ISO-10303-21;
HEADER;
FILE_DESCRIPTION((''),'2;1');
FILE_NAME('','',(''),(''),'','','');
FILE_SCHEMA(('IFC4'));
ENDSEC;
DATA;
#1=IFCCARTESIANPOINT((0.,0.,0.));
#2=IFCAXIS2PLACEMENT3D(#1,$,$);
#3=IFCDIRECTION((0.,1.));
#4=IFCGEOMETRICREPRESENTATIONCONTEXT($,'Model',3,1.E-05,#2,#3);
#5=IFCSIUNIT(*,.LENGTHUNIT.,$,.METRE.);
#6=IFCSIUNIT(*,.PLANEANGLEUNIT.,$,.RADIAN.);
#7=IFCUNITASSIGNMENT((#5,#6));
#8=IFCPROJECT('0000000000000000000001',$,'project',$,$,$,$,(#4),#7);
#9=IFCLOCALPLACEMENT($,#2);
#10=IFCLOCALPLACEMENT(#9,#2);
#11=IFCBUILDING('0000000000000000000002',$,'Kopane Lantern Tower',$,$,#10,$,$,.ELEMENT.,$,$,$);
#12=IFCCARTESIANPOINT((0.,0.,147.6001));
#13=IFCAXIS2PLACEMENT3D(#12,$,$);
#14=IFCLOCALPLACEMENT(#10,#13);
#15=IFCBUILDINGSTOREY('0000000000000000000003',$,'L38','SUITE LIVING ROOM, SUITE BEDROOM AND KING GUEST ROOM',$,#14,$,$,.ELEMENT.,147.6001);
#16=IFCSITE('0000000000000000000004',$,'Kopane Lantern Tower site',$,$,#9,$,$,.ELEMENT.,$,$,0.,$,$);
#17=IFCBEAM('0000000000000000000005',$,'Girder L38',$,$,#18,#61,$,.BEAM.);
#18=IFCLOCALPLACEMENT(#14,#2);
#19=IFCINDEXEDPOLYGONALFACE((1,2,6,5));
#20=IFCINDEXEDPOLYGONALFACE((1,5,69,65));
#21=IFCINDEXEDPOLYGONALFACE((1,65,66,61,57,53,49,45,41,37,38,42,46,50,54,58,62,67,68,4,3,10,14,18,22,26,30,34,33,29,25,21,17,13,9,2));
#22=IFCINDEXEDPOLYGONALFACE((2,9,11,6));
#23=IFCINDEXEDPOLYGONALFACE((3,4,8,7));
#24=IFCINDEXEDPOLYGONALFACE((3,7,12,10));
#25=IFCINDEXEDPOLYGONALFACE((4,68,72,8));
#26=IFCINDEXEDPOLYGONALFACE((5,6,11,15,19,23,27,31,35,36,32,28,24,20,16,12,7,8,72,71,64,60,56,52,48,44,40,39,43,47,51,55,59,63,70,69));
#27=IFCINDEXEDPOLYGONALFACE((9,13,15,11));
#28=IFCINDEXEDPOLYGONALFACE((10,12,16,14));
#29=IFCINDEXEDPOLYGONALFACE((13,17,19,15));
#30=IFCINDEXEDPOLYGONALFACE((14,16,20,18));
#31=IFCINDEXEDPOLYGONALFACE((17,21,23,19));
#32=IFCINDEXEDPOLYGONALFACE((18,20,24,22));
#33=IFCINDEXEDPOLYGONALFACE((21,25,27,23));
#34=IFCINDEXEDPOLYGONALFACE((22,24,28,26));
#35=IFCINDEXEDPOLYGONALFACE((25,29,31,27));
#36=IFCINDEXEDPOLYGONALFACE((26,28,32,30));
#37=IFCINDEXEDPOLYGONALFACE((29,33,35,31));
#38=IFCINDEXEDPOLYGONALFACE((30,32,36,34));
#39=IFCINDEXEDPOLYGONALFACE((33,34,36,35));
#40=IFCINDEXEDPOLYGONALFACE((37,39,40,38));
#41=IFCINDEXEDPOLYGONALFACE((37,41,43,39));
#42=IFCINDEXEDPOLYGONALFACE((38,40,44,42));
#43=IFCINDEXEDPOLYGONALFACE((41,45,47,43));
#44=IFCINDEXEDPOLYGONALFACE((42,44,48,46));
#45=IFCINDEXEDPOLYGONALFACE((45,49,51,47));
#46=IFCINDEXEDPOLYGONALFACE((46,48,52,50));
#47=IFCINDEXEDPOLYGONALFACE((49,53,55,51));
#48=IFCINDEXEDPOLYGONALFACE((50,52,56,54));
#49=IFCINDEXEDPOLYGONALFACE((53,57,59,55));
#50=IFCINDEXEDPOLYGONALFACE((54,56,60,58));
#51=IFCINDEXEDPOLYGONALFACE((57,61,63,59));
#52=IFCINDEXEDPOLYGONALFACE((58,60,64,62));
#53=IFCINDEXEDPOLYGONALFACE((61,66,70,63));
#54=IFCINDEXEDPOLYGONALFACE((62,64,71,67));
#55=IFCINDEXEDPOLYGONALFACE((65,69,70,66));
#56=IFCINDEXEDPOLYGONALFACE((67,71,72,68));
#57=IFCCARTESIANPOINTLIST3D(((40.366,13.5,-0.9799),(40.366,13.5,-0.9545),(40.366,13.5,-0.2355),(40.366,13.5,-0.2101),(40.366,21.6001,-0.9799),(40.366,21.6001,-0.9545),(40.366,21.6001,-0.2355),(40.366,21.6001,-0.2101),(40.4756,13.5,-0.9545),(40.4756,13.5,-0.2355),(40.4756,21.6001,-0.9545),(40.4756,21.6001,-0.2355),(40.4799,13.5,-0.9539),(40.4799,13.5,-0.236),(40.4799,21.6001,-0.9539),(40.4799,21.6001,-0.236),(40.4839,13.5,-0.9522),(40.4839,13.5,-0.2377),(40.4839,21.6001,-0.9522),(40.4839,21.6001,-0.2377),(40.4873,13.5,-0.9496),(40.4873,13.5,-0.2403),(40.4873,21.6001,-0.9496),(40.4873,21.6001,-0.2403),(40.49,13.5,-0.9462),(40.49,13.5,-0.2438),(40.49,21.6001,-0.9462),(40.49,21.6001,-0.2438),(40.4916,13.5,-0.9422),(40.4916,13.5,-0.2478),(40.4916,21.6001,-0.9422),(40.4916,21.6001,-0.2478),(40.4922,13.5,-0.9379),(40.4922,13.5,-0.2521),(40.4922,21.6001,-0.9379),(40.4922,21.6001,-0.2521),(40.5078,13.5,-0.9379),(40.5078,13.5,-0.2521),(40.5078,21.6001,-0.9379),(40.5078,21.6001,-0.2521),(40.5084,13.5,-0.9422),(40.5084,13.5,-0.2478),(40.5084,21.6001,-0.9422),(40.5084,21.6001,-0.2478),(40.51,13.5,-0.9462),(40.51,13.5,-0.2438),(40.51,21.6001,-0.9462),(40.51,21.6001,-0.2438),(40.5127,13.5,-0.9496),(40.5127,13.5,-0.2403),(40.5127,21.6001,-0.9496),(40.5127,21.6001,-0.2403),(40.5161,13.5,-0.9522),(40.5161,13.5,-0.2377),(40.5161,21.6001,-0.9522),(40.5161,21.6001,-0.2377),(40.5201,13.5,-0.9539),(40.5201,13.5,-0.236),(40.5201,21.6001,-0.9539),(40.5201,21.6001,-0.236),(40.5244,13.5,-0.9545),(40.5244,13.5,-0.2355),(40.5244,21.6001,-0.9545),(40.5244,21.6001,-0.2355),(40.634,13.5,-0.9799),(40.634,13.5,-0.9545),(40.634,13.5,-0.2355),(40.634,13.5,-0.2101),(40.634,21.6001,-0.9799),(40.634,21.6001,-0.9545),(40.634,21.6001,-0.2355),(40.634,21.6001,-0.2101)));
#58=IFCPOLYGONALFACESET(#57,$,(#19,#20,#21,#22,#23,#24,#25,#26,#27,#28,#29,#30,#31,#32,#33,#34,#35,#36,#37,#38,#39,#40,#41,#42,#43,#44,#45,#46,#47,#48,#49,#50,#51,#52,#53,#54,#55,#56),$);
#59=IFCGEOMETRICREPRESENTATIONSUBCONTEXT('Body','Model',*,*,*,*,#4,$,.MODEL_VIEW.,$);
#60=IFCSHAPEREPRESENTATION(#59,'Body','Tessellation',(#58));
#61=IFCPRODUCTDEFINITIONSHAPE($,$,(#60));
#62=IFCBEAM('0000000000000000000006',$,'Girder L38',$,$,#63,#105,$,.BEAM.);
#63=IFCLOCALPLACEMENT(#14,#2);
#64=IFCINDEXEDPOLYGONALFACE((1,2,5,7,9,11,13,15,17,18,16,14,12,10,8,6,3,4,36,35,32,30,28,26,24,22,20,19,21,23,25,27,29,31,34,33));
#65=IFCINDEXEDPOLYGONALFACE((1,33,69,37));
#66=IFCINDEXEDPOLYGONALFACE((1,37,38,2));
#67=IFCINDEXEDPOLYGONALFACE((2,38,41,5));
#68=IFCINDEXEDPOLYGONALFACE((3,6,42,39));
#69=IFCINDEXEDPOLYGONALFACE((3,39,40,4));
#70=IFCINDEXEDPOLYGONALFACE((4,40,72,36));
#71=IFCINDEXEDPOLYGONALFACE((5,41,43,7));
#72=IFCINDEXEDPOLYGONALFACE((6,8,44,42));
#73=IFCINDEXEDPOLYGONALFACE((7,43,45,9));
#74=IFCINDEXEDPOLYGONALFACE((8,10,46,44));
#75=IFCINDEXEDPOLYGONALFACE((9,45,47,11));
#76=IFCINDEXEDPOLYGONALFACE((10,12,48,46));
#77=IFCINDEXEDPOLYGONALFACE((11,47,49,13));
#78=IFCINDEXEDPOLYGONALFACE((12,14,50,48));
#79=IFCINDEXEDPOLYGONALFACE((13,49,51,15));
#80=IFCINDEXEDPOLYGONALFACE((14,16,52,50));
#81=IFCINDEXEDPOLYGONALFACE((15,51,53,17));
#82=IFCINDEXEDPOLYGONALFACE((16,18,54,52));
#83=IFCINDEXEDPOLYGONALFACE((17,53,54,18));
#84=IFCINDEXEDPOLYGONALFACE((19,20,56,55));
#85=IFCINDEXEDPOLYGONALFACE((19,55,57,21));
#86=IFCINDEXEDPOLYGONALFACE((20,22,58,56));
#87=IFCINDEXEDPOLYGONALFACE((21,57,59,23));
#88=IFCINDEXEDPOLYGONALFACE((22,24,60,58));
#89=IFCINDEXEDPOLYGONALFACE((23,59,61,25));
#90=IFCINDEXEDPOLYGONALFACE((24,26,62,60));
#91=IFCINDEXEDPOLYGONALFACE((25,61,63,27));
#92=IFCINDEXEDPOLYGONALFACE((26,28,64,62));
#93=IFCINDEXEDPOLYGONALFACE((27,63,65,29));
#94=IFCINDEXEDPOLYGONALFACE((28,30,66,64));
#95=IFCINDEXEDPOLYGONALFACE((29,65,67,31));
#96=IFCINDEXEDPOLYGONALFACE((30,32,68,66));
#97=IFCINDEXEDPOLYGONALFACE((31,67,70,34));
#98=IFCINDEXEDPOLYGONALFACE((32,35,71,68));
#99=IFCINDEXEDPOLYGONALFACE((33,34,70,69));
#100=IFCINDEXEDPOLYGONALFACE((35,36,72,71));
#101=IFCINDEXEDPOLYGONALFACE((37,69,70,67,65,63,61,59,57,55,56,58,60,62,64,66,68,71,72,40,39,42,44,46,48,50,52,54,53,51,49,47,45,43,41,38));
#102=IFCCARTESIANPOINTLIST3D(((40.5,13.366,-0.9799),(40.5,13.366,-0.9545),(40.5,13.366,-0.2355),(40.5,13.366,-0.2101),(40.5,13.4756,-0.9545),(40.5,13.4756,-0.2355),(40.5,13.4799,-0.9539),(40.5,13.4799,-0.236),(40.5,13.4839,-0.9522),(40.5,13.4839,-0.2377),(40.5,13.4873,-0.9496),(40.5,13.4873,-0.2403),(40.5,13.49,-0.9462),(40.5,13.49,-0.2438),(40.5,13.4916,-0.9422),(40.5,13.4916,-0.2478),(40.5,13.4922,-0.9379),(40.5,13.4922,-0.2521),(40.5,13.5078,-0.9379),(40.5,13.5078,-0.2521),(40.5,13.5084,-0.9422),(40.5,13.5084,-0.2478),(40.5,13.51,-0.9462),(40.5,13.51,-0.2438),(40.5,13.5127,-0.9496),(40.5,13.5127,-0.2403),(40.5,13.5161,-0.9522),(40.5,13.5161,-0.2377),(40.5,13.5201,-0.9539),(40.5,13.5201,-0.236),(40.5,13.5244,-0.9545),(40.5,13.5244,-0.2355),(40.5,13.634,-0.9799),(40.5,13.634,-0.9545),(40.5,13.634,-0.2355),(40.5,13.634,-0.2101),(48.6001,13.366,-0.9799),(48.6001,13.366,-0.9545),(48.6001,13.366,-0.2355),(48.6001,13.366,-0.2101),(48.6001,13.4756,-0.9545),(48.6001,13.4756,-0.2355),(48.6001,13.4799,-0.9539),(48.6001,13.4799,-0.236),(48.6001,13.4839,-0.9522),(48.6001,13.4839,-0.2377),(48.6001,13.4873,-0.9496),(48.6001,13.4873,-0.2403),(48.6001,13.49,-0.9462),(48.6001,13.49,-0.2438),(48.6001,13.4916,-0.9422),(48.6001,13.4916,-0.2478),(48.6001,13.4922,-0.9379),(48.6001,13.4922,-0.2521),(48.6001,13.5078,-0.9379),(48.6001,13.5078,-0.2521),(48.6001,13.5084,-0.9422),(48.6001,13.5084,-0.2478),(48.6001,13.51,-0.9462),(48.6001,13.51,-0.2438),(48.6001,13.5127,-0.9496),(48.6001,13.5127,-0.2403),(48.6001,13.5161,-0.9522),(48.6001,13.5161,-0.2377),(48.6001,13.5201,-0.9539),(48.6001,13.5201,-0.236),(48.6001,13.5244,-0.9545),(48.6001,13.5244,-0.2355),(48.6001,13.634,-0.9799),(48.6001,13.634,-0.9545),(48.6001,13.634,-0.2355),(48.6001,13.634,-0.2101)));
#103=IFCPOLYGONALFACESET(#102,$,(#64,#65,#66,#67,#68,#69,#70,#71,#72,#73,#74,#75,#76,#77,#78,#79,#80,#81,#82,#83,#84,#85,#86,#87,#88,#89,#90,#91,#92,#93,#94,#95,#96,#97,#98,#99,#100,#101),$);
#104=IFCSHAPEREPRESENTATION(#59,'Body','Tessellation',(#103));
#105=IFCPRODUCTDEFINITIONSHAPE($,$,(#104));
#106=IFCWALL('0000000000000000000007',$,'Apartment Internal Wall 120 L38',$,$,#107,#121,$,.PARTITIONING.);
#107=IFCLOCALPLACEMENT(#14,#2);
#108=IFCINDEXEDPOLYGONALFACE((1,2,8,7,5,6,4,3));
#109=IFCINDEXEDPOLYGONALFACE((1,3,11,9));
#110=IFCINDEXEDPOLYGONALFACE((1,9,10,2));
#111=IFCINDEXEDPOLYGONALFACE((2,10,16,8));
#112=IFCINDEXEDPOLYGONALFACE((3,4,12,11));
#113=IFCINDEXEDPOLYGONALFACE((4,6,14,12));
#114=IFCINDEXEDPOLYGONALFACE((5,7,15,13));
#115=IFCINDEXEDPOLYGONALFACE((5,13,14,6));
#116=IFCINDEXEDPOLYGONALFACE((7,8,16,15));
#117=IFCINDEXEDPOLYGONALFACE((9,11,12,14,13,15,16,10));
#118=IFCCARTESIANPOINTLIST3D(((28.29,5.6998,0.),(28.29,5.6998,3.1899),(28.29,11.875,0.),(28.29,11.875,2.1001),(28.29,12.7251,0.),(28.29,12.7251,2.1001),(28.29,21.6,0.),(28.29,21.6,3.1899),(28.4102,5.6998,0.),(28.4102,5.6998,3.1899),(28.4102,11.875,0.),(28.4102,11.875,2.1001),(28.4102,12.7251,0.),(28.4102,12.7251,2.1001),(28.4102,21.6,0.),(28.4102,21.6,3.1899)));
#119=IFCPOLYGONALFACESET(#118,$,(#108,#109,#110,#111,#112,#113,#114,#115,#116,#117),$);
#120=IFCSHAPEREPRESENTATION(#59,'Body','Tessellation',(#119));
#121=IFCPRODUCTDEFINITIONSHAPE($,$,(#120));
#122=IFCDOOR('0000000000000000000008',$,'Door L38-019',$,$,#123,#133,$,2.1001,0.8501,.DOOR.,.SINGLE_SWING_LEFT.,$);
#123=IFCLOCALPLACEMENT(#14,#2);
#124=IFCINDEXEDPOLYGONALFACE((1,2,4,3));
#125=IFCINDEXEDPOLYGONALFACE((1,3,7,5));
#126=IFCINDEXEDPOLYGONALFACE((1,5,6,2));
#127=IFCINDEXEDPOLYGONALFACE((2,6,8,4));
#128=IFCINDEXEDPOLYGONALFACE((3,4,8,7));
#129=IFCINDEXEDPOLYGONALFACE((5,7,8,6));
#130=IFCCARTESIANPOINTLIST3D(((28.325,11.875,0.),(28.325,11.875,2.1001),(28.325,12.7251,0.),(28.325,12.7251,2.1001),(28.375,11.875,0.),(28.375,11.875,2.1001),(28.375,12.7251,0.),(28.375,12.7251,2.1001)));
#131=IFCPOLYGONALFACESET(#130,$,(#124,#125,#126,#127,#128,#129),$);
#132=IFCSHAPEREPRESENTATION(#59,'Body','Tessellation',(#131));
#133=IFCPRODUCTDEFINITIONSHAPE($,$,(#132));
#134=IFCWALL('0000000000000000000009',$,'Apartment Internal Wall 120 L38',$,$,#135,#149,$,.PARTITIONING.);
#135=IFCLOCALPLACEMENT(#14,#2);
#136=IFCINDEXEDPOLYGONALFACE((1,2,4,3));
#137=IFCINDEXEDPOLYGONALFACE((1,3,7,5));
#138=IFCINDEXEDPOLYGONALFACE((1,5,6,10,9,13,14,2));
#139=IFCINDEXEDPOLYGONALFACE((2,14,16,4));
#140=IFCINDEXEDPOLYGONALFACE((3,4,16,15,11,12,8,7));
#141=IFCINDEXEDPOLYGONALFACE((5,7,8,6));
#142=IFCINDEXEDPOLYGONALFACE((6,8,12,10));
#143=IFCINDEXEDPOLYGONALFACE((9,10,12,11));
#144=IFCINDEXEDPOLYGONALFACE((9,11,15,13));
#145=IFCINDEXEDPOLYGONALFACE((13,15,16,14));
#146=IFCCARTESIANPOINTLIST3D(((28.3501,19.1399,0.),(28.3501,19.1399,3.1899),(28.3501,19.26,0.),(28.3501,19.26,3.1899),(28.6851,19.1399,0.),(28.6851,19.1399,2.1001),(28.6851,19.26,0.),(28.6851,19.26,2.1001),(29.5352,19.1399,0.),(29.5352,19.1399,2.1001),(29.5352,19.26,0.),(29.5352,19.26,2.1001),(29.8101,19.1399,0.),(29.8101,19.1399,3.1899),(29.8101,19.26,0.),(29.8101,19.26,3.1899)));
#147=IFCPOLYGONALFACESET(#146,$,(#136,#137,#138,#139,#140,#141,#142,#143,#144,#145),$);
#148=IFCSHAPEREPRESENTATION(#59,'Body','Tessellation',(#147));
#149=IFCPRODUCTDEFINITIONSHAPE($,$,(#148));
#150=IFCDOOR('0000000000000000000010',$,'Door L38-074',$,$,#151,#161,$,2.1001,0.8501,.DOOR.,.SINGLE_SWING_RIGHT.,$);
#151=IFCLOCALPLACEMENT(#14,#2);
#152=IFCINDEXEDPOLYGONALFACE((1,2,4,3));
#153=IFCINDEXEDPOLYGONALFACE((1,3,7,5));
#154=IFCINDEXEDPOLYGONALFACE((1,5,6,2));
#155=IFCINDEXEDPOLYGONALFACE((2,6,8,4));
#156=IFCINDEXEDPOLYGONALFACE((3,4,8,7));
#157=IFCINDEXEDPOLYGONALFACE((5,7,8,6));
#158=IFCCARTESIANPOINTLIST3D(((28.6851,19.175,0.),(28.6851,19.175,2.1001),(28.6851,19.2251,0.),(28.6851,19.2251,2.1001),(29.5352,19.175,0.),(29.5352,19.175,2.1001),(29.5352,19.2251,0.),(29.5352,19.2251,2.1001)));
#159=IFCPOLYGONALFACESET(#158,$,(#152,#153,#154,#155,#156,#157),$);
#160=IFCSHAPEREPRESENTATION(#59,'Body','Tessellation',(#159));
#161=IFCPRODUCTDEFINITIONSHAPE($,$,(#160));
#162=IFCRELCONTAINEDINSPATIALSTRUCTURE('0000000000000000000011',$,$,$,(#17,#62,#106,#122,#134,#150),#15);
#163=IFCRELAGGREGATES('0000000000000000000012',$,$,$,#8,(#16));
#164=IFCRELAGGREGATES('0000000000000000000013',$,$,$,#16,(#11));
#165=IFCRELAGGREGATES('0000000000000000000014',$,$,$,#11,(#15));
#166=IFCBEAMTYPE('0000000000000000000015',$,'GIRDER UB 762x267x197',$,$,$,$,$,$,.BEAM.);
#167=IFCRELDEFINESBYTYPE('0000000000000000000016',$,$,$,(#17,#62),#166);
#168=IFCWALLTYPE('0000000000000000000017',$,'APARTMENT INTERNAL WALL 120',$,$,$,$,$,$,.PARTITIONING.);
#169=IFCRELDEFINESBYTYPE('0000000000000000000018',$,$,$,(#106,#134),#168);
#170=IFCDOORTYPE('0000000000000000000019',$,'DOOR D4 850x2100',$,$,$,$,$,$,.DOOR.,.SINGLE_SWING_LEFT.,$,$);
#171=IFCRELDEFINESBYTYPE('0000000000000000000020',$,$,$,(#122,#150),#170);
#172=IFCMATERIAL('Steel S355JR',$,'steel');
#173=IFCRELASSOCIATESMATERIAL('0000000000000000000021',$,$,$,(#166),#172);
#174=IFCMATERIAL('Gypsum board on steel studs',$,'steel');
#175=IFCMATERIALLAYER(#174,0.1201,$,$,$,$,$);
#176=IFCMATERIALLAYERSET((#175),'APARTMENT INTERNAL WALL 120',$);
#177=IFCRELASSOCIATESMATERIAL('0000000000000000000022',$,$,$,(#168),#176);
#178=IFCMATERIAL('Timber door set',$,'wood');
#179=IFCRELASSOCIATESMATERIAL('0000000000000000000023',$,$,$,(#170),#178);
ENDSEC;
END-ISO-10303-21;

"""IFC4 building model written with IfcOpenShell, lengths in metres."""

from ifc_helpers import new_model, si_unit, direction, frame, frame_2d, origin, origin_2d, place, context, subcontext, project, spatial, rectangle, i_section, extrude, material, layer, layer_set, material_profile, profile_set, type_object, element, fill, save


model = new_model("IFC4")

# Units and contexts
model_context = context("Model", 3, precision=1e-05, world=origin(), true_north=direction((0.0, 1.0)))
body_context = subcontext(model_context, "Body", "Model", "MODEL_VIEW")
ifc_project = project(units=[si_unit("LENGTHUNIT", "METRE"), si_unit("PLANEANGLEUNIT", "RADIAN")], contexts=[model_context])

# Site, building, storey
site_placement = place(None, origin())
site = spatial("IfcSite", under=ifc_project, at=site_placement, Name="Kopane Lantern Tower site", CompositionType="ELEMENT", RefElevation=0.0)
building_placement = place(site_placement, origin())
building = spatial("IfcBuilding", under=site, at=building_placement, Name="Kopane Lantern Tower", CompositionType="ELEMENT")
storey_placement = place(building_placement, frame((0.0, 0.0, 147.6001)))
storey = spatial("IfcBuildingStorey", under=building, at=storey_placement, Name="L38", Description="SUITE LIVING ROOM, SUITE BEDROOM AND KING GUEST ROOM", CompositionType="ELEMENT", Elevation=147.6001)

# Beams
ifc_material_1 = material(Name="Steel S355JR", Category="steel")
ifc_material_profile_1 = material_profile(ifc_material_1, i_section(OverallWidth=0.2681, OverallDepth=0.7698, WebThickness=0.0156, FlangeThickness=0.0254, FilletRadius=0.0166, at=origin_2d()), Name="UB 762x267x197")
ifc_profile_set_1 = profile_set([ifc_material_profile_1], Name="Steel S355JR")
beam_type = type_object("IfcBeamType", Name="GIRDER UB 762x267x197", PredefinedType="BEAM", material=ifc_profile_set_1)
for number, where, z_axis, x_axis, name in (
    (1, (40.5, 13.5, -0.595), (0.0, 1.0, 0.0), (-1.0, 0.0, 0.0), "Girder L38"),
    (2, (40.5, 13.5, -0.595), (1.0, 0.0, 0.0), (0.0, 1.0, 0.0), "Girder L38"),
):
    element("IfcBeam", number, at=place(storey_placement, frame(where, z_axis=z_axis, x_axis=x_axis)), inside=storey, type_object=beam_type, Name=name, PredefinedType="BEAM", context=body_context, shape_type="SweptSolid", body=[
        extrude(i_section(OverallWidth=0.2681, OverallDepth=0.7698, WebThickness=0.0156, FlangeThickness=0.0254, FilletRadius=0.0166, at=origin_2d()), origin(), (0.0, 0.0, 1.0), 8.1001),
    ])

# Walls, openings, doors
ifc_material_2 = material(Name="Gypsum board on steel studs", Category="steel")
ifc_layer_1 = layer(ifc_material_2, 0.1201)
ifc_layer_set_1 = layer_set([ifc_layer_1], Name="APARTMENT INTERNAL WALL 120")
wall_type_1 = type_object("IfcWallType", Name="APARTMENT INTERNAL WALL 120", PredefinedType="PARTITIONING", material=ifc_layer_set_1)
wall_1_placement = place(storey_placement, frame((28.3501, 21.6001, 0.0), z_axis=(0.0, 0.0, 1.0), x_axis=(0.0, -1.0, 0.0)))
wall_1 = element("IfcWall", 3, at=wall_1_placement, inside=storey, type_object=wall_type_1, Name="Apartment Internal Wall 120 L38", PredefinedType="PARTITIONING", context=body_context, shape_type="SweptSolid", body=[
    extrude(rectangle(XDim=15.9001, YDim=0.1201, at=frame_2d((7.9502, 0.0))), origin(), (0.0, 0.0, 1.0), 3.1899),
])
opening_1_placement = place(wall_1_placement, frame((8.875, 0.0, 0.0)))
opening_1 = element("IfcOpeningElement", 4, at=opening_1_placement, cuts=wall_1, PredefinedType="OPENING", context=body_context, shape_type="SweptSolid", body=[
    extrude(rectangle(XDim=0.8501, YDim=2.1001, at=frame_2d((0.425, 1.05))), frame((0.0, 0.0701, 0.0), z_axis=(0.0, -1.0, 0.0), x_axis=(1.0, 0.0, 0.0)), (0.0, 0.0, 1.0), 0.1401),
])
ifc_material_3 = material(Name="Timber door set", Category="wood")
door_type_1 = type_object("IfcDoorType", Name="DOOR D4 850x2100", OperationType="SINGLE_SWING_LEFT", PredefinedType="DOOR", material=ifc_material_3)
door_1_placement = place(opening_1_placement, origin())
door_1 = element("IfcDoor", 5, at=door_1_placement, inside=storey, type_object=door_type_1, Name="Door L38-019", OperationType="SINGLE_SWING_LEFT", OverallHeight=2.1001, OverallWidth=0.8501, PredefinedType="DOOR", context=body_context, shape_type="SweptSolid", body=[
    extrude(rectangle(XDim=0.8501, YDim=2.1001, at=frame_2d((0.425, 1.05))), frame((0.0, 0.0249, 0.0), z_axis=(0.0, -1.0, 0.0), x_axis=(1.0, 0.0, 0.0)), (0.0, 0.0, 1.0), 0.05),
])
fill(opening_1, door_1)
wall_2_placement = place(storey_placement, frame((29.8101, 19.2, 0.0), z_axis=(0.0, 0.0, 1.0), x_axis=(-1.0, 0.0, 0.0)))
wall_2 = element("IfcWall", 6, at=wall_2_placement, inside=storey, type_object=wall_type_1, Name="Apartment Internal Wall 120 L38", PredefinedType="PARTITIONING", context=body_context, shape_type="SweptSolid", body=[
    extrude(rectangle(XDim=1.46, YDim=0.1201, at=frame_2d((0.73, 0.0))), origin(), (0.0, 0.0, 1.0), 3.1899),
])
opening_2_placement = place(wall_2_placement, frame((0.2749, 0.0, 0.0)))
opening_2 = element("IfcOpeningElement", 7, at=opening_2_placement, cuts=wall_2, PredefinedType="OPENING", context=body_context, shape_type="SweptSolid", body=[
    extrude(rectangle(XDim=0.8501, YDim=2.1001, at=frame_2d((0.425, 1.05))), frame((0.0, 0.0701, 0.0), z_axis=(0.0, -1.0, 0.0), x_axis=(1.0, 0.0, 0.0)), (0.0, 0.0, 1.0), 0.1401),
])
door_2_placement = place(opening_2_placement, origin())
door_2 = element("IfcDoor", 8, at=door_2_placement, inside=storey, type_object=door_type_1, Name="Door L38-074", OperationType="SINGLE_SWING_RIGHT", OverallHeight=2.1001, OverallWidth=0.8501, PredefinedType="DOOR", context=body_context, shape_type="SweptSolid", body=[
    extrude(rectangle(XDim=0.8501, YDim=2.1001, at=frame_2d((0.425, 1.05))), frame((0.0, 0.0249, 0.0), z_axis=(0.0, -1.0, 0.0), x_axis=(1.0, 0.0, 0.0)), (0.0, 0.0, 1.0), 0.05),
])
fill(opening_2, door_2)

save(model, "model.ifc")
